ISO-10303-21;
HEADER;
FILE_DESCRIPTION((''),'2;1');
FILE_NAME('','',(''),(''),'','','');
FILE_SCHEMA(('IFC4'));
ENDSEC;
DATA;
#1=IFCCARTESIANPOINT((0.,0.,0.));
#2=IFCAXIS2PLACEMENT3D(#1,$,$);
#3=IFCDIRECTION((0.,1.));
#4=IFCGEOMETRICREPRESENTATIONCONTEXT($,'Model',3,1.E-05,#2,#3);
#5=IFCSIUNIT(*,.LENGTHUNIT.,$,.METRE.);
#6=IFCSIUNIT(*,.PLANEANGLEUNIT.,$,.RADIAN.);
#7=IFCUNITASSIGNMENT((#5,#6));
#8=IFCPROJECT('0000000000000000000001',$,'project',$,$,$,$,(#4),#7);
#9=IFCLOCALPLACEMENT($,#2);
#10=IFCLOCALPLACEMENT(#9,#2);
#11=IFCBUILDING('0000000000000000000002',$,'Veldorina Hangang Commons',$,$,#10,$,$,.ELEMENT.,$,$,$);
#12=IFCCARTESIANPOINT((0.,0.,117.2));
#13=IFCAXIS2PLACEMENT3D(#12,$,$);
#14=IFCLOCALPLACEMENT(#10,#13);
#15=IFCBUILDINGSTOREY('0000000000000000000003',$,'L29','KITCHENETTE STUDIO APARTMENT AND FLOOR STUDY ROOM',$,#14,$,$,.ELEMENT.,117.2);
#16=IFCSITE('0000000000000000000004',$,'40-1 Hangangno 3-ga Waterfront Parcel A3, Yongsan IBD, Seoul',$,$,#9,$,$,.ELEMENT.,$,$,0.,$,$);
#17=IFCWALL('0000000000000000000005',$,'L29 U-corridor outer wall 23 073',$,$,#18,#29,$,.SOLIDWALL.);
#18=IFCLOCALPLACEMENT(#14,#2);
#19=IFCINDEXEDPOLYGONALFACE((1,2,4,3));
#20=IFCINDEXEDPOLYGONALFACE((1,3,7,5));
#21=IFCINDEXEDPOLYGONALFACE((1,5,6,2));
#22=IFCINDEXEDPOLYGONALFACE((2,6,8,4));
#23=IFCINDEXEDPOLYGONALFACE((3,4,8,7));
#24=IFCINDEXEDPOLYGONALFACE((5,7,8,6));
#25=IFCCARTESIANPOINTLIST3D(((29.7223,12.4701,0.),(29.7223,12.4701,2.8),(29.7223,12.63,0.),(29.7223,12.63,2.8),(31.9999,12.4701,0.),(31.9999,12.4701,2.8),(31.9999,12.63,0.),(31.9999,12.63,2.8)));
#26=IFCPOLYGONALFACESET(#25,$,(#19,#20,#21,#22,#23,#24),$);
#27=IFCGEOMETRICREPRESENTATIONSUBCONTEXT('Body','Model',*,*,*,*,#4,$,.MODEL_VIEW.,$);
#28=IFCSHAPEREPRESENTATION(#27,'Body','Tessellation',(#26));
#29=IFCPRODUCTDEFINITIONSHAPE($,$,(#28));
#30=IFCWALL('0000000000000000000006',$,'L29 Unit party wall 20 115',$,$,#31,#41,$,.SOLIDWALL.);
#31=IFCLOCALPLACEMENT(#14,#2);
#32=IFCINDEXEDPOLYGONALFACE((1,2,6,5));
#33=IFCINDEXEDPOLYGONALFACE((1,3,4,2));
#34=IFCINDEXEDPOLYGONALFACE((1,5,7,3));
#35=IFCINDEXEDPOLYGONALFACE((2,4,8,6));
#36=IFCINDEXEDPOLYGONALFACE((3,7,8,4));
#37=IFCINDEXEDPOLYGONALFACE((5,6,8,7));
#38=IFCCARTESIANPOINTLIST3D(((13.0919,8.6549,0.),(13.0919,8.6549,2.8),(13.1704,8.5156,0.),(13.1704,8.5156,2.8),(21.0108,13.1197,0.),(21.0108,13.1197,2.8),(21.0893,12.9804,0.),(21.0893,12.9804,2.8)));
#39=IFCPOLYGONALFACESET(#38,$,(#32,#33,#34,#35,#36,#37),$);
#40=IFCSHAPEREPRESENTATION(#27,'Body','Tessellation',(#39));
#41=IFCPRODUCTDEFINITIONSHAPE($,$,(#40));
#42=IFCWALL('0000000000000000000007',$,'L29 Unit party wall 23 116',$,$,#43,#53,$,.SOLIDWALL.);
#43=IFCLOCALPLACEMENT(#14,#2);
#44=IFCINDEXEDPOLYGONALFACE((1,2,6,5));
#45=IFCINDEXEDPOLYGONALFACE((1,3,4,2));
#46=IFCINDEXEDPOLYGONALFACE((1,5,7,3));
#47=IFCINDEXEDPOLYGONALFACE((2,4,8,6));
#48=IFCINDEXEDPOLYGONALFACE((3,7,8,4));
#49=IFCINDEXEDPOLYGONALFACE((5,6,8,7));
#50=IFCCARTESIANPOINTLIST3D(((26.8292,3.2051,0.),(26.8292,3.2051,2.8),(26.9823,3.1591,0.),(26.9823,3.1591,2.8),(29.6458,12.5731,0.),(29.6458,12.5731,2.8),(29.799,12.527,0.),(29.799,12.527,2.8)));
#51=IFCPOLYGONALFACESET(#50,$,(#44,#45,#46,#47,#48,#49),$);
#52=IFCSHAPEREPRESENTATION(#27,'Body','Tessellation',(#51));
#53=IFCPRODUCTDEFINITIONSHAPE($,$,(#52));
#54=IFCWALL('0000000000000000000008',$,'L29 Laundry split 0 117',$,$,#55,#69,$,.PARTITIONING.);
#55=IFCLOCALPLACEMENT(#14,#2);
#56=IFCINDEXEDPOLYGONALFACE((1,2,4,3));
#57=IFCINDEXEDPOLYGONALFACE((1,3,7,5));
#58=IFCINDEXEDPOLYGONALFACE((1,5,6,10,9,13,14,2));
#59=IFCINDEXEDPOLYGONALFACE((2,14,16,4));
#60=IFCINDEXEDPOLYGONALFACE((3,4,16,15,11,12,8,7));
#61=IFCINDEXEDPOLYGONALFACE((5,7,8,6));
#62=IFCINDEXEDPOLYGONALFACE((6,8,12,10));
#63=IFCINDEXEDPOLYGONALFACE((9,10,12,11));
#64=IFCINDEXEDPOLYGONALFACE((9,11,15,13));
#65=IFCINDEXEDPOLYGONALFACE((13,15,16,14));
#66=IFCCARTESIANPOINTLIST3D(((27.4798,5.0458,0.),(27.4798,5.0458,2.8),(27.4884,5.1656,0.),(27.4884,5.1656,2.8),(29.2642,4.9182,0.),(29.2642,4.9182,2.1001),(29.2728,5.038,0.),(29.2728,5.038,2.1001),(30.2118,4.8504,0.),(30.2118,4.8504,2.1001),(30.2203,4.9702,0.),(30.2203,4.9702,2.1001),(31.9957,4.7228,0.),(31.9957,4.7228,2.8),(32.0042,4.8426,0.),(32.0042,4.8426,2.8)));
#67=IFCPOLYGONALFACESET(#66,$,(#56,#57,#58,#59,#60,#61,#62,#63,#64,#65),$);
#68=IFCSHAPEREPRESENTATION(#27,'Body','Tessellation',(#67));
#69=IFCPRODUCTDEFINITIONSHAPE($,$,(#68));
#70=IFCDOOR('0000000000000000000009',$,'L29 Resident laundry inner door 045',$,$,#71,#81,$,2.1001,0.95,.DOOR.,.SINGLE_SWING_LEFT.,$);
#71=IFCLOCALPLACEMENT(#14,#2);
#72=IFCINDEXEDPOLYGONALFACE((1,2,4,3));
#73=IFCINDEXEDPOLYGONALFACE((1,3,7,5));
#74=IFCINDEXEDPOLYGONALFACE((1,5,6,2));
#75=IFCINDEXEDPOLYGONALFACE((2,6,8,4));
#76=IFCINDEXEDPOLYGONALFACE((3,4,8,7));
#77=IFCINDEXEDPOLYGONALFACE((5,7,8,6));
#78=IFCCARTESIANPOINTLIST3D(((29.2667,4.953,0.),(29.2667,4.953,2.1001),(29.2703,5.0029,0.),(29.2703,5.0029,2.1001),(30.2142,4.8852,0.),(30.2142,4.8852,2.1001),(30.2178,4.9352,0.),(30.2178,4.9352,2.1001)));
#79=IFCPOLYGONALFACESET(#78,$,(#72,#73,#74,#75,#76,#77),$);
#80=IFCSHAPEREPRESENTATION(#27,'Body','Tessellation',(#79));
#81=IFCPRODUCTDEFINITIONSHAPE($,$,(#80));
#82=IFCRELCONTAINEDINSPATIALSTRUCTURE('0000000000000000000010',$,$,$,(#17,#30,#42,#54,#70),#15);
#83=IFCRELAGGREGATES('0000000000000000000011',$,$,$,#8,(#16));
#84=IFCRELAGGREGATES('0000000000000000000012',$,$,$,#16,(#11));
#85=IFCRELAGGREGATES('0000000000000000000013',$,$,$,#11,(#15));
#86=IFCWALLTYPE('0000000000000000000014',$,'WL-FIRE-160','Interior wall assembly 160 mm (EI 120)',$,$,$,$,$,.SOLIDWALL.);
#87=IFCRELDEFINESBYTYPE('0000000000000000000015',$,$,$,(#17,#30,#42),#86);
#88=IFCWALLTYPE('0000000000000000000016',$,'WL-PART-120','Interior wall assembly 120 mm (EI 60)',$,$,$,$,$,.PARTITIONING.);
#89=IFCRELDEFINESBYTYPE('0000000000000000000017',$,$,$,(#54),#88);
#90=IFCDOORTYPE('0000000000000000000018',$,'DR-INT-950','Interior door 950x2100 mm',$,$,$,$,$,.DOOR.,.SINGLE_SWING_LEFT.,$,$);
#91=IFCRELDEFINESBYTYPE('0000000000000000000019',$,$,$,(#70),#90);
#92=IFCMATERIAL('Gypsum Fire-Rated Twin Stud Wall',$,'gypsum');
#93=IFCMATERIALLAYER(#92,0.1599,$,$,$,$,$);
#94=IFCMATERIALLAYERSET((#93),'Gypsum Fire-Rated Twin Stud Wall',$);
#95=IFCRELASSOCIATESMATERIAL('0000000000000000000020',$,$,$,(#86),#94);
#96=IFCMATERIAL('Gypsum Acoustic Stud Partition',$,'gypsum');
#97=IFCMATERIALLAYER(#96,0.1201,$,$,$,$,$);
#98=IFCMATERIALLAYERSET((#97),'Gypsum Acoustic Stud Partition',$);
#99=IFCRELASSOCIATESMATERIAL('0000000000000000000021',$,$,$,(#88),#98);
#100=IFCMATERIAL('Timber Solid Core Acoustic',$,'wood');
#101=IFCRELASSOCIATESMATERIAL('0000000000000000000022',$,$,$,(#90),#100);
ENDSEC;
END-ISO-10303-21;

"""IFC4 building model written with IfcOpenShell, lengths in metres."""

from ifc_helpers import new_model, si_unit, direction, frame, frame_2d, origin, place, context, subcontext, project, spatial, rectangle, extrude, material, layer, layer_set, type_object, element, fill, save


model = new_model("IFC4")

# Units and contexts
model_context = context("Model", 3, precision=1e-05, world=origin(), true_north=direction((0.0, 1.0)))
body_context = subcontext(model_context, "Body", "Model", "MODEL_VIEW")
ifc_project = project(units=[si_unit("LENGTHUNIT", "METRE"), si_unit("PLANEANGLEUNIT", "RADIAN")], contexts=[model_context])

# Site, building, storey
site_placement = place(None, origin())
site = spatial("IfcSite", under=ifc_project, at=site_placement, Name="40-1 Hangangno 3-ga Waterfront Parcel A3, Yongsan IBD, Seoul", CompositionType="ELEMENT", RefElevation=0.0)
building_placement = place(site_placement, origin())
building = spatial("IfcBuilding", under=site, at=building_placement, Name="Veldorina Hangang Commons", CompositionType="ELEMENT")
storey_placement = place(building_placement, frame((0.0, 0.0, 117.2)))
storey = spatial("IfcBuildingStorey", under=building, at=storey_placement, Name="L29", Description="KITCHENETTE STUDIO APARTMENT AND FLOOR STUDY ROOM", CompositionType="ELEMENT", Elevation=117.2)

# Shared definitions
ifc_material_1 = material(Name="Gypsum Fire-Rated Twin Stud Wall", Category="gypsum")
ifc_layer_1 = layer(ifc_material_1, 0.1599)
ifc_layer_set_1 = layer_set([ifc_layer_1], Name="Gypsum Fire-Rated Twin Stud Wall")
wall_type_1 = type_object("IfcWallType", Name="WL-FIRE-160", Description="Interior wall assembly 160 mm (EI 120)", PredefinedType="SOLIDWALL", material=ifc_layer_set_1)
ifc_material_2 = material(Name="Timber Solid Core Acoustic", Category="wood")

# Walls
wall_1_placement = place(storey_placement, frame((29.7224, 12.55, 0.0), z_axis=(0.0, 0.0, 1.0), x_axis=(1.0, 0.0, 0.0)))
element("IfcWall", 1, at=wall_1_placement, inside=storey, type_object=wall_type_1, Name="L29 U-corridor outer wall 23 073", PredefinedType="SOLIDWALL", context=body_context, shape_type="SweptSolid", body=[
    extrude(rectangle(XDim=2.2776, YDim=0.1599, at=frame_2d((1.1387, 0.0))), origin(), (0.0, 0.0, 1.0), 2.8),
])
wall_2_placement = place(storey_placement, frame((21.05, 13.05, 0.0), z_axis=(0.0, 0.0, 1.0), x_axis=(-0.871085, -0.491133, 0.0)))
element("IfcWall", 2, at=wall_2_placement, inside=storey, type_object=wall_type_1, Name="L29 Unit party wall 20 115", PredefinedType="SOLIDWALL", context=body_context, shape_type="SweptSolid", body=[
    extrude(rectangle(XDim=9.0908, YDim=0.1599, at=frame_2d((4.5454, 0.0))), origin(), (0.0, 0.0, 1.0), 2.8),
])
wall_3_placement = place(storey_placement, frame((29.7224, 12.55, 0.0), z_axis=(0.0, 0.0, 1.0), x_axis=(-0.287936, -0.95765, 0.0)))
element("IfcWall", 3, at=wall_3_placement, inside=storey, type_object=wall_type_1, Name="L29 Unit party wall 23 116", PredefinedType="SOLIDWALL", context=body_context, shape_type="SweptSolid", body=[
    extrude(rectangle(XDim=9.7822, YDim=0.1599, at=frame_2d((4.8911, 0.0))), origin(), (0.0, 0.0, 1.0), 2.8),
])

# Wall, opening, door
ifc_material_3 = material(Name="Gypsum Acoustic Stud Partition", Category="gypsum")
ifc_layer_2 = layer(ifc_material_3, 0.1201)
ifc_layer_set_2 = layer_set([ifc_layer_2], Name="Gypsum Acoustic Stud Partition")
wall_type_2 = type_object("IfcWallType", Name="WL-PART-120", Description="Interior wall assembly 120 mm (EI 60)", PredefinedType="PARTITIONING", material=ifc_layer_set_2)
wall_4_placement = place(storey_placement, frame((27.4841, 5.1057, 0.0), z_axis=(0.0, 0.0, 1.0), x_axis=(0.997452, -0.071343, 0.0)))
wall_4 = element("IfcWall", 4, at=wall_4_placement, inside=storey, type_object=wall_type_2, Name="L29 Laundry split 0 117", PredefinedType="PARTITIONING", context=body_context, shape_type="SweptSolid", body=[
    extrude(rectangle(XDim=4.5273, YDim=0.1201, at=frame_2d((2.2637, 0.0))), origin(), (0.0, 0.0, 1.0), 2.8),
])
opening_1_placement = place(wall_4_placement, frame((1.7888, 0.0, 0.0)))
opening_1 = element("IfcOpeningElement", 5, at=opening_1_placement, cuts=wall_4, PredefinedType="OPENING", context=body_context, shape_type="SweptSolid", body=[
    extrude(rectangle(XDim=0.95, YDim=2.1001, at=frame_2d((0.4751, 1.05))), frame((0.0, 0.0701, 0.0), z_axis=(0.0, -1.0, 0.0), x_axis=(1.0, 0.0, 0.0)), (0.0, 0.0, 1.0), 0.1401),
])
door_type_1 = type_object("IfcDoorType", Name="DR-INT-950", Description="Interior door 950x2100 mm", OperationType="SINGLE_SWING_LEFT", PredefinedType="DOOR", material=ifc_material_2)
door_1_placement = place(opening_1_placement, origin())
door_1 = element("IfcDoor", 6, at=door_1_placement, inside=storey, type_object=door_type_1, Name="L29 Resident laundry inner door 045", OperationType="SINGLE_SWING_LEFT", OverallHeight=2.1001, OverallWidth=0.95, PredefinedType="DOOR", context=body_context, shape_type="SweptSolid", body=[
    extrude(rectangle(XDim=0.95, YDim=2.1001, at=frame_2d((0.4751, 1.05))), frame((0.0, 0.0249, 0.0), z_axis=(0.0, -1.0, 0.0), x_axis=(1.0, 0.0, 0.0)), (0.0, 0.0, 1.0), 0.05),
])
fill(opening_1, door_1)

save(model, "model.ifc")
